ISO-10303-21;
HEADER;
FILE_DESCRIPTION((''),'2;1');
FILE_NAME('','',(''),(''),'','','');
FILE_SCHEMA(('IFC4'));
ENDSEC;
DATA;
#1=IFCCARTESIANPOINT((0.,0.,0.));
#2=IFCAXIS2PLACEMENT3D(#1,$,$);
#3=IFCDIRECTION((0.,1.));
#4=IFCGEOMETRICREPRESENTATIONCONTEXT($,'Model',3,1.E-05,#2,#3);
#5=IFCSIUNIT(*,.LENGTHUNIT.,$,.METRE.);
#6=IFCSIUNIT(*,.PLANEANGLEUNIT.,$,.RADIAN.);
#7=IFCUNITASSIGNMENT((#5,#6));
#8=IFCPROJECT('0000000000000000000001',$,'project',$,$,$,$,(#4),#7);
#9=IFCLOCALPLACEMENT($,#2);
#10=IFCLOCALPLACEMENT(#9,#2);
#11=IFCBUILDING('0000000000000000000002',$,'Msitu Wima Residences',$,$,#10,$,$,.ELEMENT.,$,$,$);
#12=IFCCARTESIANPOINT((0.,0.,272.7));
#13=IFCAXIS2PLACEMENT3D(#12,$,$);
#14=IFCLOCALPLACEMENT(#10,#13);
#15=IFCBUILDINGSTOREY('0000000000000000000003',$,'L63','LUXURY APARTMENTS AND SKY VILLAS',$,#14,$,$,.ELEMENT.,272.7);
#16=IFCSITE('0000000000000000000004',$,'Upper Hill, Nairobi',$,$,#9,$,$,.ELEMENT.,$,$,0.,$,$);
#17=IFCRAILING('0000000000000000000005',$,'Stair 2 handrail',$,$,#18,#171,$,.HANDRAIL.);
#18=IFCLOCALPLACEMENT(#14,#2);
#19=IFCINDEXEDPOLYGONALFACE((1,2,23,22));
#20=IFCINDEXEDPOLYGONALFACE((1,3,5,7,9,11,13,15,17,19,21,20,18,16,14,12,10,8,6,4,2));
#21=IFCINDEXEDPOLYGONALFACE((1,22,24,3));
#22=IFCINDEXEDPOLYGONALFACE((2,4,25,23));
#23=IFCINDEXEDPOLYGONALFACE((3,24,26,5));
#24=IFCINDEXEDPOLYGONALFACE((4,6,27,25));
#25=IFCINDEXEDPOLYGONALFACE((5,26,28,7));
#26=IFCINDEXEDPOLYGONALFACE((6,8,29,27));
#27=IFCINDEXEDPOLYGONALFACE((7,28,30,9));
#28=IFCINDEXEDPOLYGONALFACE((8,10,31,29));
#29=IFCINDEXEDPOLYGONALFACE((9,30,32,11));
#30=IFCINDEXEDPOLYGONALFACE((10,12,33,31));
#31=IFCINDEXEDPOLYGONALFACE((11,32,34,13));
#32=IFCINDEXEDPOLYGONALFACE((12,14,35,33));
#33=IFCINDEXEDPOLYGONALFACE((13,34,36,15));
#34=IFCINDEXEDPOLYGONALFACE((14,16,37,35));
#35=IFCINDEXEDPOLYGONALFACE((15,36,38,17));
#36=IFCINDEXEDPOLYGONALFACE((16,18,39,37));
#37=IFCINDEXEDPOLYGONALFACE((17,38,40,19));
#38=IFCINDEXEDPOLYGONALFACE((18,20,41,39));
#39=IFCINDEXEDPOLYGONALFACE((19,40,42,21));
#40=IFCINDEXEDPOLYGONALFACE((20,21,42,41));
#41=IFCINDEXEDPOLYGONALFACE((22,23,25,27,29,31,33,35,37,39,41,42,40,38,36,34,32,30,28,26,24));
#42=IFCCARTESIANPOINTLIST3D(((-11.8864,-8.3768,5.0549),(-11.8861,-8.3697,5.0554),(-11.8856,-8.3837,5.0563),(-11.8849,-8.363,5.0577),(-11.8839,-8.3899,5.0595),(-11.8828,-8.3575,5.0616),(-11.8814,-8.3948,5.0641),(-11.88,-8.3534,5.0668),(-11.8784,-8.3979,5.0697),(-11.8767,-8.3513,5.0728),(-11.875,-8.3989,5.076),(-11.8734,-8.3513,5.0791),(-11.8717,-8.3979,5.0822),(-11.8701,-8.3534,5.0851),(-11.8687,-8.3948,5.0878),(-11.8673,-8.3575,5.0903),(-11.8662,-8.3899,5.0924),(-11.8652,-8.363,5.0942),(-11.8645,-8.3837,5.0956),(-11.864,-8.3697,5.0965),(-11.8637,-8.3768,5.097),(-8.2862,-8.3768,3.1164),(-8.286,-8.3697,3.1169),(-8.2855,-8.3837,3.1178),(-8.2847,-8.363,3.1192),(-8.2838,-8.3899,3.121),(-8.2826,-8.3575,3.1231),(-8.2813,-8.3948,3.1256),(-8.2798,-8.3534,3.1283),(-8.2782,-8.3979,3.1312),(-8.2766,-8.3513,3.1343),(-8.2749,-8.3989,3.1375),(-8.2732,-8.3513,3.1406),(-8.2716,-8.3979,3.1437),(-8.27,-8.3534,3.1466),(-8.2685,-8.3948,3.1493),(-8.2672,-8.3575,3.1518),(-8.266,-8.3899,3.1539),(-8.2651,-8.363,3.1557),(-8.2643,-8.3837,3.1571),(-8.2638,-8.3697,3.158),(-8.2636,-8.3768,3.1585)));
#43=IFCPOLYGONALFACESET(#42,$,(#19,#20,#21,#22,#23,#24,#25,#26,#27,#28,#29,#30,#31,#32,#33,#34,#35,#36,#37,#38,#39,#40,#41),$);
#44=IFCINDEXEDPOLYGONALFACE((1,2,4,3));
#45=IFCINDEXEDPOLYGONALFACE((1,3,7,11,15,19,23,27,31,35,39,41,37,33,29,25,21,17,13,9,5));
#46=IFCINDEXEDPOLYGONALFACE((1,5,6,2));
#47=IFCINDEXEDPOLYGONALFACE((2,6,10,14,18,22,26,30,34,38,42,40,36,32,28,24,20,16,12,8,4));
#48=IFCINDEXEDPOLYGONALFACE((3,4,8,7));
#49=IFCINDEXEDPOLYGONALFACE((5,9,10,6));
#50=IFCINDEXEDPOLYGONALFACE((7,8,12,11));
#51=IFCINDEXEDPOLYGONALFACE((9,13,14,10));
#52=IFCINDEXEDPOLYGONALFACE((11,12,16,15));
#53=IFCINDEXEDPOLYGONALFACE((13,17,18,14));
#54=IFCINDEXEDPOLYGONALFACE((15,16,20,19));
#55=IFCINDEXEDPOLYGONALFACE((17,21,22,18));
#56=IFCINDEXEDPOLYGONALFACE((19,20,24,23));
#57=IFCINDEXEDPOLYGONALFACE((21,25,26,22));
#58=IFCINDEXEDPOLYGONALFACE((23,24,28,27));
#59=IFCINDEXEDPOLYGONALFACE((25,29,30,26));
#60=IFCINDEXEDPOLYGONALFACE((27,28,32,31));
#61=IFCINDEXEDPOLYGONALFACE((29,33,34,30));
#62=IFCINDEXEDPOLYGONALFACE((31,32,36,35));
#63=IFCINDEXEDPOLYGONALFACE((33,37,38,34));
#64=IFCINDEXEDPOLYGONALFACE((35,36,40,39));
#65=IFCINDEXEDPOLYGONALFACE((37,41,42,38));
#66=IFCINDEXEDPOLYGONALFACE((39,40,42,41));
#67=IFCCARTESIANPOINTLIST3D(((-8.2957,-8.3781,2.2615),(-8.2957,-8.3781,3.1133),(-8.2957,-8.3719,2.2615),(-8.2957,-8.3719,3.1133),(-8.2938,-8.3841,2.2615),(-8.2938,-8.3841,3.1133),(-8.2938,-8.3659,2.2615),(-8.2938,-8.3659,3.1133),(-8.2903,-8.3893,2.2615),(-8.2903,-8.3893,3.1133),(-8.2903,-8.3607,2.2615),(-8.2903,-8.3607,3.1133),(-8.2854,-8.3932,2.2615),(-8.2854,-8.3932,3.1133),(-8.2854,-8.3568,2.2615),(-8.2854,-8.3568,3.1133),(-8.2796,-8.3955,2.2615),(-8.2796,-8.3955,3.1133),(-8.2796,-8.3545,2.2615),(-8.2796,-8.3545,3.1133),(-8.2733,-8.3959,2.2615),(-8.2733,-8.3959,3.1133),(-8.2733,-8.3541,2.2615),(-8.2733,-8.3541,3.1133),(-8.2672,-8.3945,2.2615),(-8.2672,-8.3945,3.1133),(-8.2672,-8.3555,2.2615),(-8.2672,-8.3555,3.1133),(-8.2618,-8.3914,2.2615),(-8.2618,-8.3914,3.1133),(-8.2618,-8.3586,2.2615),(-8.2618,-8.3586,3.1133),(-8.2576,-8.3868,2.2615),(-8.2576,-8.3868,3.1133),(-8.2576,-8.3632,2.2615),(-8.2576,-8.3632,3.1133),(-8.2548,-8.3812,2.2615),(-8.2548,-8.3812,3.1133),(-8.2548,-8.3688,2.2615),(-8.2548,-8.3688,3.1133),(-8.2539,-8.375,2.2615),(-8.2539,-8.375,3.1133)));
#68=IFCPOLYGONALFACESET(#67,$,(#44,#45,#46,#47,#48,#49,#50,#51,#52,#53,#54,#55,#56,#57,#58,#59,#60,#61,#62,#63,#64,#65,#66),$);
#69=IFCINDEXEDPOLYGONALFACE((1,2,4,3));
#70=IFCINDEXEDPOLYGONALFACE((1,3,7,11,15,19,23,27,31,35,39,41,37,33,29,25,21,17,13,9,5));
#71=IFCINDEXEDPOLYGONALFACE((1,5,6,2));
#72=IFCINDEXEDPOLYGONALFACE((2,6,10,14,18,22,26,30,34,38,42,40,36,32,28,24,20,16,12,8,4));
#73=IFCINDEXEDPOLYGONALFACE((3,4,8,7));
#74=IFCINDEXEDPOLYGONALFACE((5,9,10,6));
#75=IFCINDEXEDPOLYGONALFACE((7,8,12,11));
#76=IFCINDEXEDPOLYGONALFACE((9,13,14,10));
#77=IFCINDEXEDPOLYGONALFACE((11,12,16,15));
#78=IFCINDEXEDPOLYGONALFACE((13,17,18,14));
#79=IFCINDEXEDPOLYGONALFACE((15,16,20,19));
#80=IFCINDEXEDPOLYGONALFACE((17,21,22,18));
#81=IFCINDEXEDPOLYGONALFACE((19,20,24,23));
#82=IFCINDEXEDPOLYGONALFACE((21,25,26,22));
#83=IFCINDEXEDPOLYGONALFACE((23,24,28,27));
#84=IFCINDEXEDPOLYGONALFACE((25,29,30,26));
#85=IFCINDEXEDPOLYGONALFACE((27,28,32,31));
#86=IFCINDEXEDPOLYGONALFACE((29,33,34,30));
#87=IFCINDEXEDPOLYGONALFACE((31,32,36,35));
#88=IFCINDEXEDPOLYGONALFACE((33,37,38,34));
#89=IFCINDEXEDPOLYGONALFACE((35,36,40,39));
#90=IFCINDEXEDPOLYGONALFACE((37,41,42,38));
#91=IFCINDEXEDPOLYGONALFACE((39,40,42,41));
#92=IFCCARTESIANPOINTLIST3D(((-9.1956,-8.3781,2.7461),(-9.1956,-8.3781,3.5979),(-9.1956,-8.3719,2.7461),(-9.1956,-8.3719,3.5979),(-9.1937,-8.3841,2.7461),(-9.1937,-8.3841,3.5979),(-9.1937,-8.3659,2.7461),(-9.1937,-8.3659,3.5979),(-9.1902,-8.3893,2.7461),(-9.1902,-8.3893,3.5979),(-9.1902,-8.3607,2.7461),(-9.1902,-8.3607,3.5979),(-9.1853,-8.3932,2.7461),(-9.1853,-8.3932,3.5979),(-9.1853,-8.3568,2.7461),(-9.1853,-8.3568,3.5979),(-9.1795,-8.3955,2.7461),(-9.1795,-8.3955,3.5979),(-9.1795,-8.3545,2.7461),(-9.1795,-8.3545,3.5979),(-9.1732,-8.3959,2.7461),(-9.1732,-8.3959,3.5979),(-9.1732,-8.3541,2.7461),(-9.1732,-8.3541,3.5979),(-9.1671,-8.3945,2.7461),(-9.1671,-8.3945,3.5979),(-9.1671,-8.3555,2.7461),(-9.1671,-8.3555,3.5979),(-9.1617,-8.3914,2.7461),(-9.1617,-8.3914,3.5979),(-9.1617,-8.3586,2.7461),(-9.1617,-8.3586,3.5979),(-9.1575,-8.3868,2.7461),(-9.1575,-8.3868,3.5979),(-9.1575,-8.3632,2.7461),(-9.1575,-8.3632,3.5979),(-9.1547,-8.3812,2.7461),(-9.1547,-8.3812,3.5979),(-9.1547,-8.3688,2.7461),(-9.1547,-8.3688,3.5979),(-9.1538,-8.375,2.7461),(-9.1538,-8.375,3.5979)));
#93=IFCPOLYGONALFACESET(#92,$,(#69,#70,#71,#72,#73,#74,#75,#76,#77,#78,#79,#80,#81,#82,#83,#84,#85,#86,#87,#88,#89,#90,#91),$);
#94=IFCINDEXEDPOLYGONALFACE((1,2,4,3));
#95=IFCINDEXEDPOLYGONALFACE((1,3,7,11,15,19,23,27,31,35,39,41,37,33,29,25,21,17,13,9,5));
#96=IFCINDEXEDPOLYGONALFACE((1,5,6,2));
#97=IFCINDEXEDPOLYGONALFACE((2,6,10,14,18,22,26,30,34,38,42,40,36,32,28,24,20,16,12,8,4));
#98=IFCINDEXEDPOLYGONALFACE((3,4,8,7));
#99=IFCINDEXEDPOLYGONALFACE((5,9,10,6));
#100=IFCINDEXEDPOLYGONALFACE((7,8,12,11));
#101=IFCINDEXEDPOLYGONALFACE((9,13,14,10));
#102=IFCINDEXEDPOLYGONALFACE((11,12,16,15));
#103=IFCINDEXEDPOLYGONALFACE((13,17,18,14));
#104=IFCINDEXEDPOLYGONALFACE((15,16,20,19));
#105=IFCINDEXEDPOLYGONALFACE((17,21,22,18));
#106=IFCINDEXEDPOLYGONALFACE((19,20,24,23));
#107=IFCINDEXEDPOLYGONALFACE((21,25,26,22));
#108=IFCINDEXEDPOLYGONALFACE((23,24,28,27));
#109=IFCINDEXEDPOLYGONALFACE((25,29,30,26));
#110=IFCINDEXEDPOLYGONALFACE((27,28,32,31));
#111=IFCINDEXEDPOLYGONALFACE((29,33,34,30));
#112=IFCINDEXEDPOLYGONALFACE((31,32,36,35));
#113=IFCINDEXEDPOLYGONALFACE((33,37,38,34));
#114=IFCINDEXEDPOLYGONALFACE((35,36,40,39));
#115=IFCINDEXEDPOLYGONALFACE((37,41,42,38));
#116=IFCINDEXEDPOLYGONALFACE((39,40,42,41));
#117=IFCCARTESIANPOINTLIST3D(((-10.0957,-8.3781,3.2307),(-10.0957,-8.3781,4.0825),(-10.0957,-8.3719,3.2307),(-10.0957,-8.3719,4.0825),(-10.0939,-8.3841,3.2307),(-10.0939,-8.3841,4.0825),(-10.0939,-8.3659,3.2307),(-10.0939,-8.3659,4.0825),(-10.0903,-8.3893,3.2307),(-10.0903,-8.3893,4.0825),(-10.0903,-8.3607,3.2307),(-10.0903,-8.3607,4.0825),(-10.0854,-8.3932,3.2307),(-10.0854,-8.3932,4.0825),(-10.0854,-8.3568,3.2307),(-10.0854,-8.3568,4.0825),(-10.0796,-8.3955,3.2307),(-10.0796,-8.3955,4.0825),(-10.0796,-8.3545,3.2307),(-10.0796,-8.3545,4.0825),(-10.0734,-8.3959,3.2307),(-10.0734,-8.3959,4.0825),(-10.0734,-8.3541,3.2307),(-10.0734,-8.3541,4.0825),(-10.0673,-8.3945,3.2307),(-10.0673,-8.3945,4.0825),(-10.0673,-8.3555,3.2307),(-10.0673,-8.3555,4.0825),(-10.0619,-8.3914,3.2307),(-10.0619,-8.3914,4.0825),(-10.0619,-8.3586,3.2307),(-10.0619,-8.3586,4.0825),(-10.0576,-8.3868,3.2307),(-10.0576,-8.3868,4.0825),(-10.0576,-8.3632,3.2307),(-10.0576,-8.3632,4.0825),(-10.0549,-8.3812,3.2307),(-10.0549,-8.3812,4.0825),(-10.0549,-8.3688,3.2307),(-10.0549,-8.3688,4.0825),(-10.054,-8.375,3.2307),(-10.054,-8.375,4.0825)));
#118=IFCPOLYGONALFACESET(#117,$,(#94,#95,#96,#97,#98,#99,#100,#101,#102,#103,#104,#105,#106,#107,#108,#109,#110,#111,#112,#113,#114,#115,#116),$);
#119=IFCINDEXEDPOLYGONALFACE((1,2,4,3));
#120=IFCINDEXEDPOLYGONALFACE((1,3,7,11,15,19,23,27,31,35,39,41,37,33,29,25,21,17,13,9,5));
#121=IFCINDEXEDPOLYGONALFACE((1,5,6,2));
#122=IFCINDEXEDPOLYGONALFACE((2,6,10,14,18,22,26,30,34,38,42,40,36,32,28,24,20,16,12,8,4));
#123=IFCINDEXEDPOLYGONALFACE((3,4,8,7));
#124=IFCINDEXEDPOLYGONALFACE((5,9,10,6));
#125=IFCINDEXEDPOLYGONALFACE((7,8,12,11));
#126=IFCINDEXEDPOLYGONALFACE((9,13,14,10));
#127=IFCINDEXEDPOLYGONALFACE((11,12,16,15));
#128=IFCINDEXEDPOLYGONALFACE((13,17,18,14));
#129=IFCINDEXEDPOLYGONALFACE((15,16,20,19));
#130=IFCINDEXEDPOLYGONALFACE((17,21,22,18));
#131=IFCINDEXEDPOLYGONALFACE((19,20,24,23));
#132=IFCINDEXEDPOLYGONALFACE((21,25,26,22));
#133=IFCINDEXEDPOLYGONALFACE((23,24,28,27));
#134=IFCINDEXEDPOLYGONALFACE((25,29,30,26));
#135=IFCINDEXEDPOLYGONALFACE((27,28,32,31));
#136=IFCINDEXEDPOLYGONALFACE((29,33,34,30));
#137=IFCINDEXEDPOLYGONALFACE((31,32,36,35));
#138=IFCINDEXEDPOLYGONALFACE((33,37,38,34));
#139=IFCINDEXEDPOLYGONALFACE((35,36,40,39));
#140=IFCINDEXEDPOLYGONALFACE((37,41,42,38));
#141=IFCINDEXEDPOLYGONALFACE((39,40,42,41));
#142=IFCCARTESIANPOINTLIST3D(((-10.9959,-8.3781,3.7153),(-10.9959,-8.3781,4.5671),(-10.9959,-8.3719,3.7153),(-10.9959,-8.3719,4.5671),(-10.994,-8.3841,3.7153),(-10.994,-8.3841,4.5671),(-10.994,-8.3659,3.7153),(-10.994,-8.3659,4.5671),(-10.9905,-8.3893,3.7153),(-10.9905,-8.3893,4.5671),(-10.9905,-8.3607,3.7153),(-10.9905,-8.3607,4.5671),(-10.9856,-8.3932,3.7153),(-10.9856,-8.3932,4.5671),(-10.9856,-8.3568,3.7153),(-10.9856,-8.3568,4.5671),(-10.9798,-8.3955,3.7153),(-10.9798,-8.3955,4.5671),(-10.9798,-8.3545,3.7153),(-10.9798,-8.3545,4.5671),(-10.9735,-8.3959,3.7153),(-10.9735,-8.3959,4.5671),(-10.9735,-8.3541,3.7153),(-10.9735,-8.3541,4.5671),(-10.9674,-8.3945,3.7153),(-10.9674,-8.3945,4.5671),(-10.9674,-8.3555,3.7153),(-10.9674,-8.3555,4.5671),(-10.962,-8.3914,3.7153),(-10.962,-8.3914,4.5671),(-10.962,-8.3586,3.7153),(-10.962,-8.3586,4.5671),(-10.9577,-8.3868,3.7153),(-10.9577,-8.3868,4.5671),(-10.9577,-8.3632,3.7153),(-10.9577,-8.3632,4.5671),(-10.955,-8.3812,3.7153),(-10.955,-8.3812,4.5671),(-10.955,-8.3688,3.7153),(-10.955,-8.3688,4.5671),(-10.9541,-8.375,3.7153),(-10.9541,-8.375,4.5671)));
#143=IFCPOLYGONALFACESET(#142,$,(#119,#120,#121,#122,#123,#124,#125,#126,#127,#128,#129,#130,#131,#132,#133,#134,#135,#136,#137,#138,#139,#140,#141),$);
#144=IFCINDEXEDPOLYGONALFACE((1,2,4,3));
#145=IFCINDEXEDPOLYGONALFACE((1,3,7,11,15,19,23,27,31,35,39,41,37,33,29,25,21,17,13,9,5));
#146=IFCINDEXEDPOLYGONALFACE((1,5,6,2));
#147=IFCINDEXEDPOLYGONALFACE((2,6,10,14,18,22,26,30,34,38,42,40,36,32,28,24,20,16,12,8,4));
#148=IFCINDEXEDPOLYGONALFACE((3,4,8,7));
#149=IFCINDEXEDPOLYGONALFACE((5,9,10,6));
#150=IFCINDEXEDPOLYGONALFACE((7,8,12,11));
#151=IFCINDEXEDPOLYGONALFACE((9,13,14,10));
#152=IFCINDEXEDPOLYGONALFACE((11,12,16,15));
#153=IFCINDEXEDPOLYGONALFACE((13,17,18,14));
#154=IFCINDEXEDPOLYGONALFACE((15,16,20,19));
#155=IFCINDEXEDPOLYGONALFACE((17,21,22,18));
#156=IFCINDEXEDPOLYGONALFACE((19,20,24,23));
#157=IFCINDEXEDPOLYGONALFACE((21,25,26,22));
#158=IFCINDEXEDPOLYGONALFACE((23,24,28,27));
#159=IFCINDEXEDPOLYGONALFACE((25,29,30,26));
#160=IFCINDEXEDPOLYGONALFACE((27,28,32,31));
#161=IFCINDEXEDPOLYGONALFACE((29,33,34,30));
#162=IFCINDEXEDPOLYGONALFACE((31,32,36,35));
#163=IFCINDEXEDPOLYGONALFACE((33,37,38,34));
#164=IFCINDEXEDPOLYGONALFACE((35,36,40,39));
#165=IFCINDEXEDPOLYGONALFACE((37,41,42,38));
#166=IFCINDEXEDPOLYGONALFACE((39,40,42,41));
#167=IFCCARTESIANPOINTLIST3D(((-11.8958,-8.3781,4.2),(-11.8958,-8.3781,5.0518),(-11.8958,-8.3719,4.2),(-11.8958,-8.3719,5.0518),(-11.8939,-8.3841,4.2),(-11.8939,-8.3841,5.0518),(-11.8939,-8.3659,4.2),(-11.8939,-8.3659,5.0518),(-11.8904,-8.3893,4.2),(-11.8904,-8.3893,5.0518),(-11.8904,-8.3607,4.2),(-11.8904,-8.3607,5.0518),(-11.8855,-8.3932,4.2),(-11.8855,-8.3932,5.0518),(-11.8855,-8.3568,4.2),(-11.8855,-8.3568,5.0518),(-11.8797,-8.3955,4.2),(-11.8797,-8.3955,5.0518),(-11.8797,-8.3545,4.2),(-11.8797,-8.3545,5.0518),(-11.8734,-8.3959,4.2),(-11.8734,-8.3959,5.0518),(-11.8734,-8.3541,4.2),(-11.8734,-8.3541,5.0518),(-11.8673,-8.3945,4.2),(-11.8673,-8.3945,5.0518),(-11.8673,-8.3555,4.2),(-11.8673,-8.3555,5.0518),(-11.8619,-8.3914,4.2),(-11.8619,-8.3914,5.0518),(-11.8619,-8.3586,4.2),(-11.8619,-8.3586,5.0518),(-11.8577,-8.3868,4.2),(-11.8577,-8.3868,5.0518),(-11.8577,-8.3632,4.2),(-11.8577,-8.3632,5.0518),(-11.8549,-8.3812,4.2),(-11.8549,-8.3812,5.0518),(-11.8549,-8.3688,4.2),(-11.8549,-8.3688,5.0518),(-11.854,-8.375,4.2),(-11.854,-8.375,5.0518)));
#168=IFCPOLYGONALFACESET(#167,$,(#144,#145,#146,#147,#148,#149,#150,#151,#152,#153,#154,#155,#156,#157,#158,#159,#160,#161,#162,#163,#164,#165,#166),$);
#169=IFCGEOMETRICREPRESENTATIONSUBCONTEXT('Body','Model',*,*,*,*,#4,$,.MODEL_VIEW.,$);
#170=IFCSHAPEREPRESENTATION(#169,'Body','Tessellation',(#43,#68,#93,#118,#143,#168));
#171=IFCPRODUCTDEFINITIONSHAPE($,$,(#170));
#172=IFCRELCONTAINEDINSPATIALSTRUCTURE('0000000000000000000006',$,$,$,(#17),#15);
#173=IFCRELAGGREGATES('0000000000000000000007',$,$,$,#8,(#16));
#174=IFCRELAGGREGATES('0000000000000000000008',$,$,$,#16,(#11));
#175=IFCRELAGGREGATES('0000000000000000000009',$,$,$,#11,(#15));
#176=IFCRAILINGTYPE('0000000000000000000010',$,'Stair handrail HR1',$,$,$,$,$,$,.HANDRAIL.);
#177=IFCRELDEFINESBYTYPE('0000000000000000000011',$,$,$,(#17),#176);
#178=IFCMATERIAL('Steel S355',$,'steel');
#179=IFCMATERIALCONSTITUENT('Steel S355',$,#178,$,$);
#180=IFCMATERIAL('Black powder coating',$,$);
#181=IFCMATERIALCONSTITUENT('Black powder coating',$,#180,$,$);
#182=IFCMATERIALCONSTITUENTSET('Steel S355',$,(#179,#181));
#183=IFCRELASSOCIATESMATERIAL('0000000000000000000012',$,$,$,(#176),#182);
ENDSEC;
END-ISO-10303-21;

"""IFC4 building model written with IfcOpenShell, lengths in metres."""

from ifc_helpers import new_model, si_unit, direction, frame, origin, origin_2d, place, context, subcontext, project, spatial, circle, extrude, material, constituent, constituent_set, type_object, element, save


model = new_model("IFC4")

# Units and contexts
model_context = context("Model", 3, precision=1e-05, world=origin(), true_north=direction((0.0, 1.0)))
body_context = subcontext(model_context, "Body", "Model", "MODEL_VIEW")
ifc_project = project(units=[si_unit("LENGTHUNIT", "METRE"), si_unit("PLANEANGLEUNIT", "RADIAN")], contexts=[model_context])

# Site, building, storey
site_placement = place(None, origin())
site = spatial("IfcSite", under=ifc_project, at=site_placement, Name="Upper Hill, Nairobi", CompositionType="ELEMENT", RefElevation=0.0)
building_placement = place(site_placement, origin())
building = spatial("IfcBuilding", under=site, at=building_placement, Name="Msitu Wima Residences", CompositionType="ELEMENT")
storey_placement = place(building_placement, frame((0.0, 0.0, 272.7)))
storey = spatial("IfcBuildingStorey", under=building, at=storey_placement, Name="L63", Description="LUXURY APARTMENTS AND SKY VILLAS", CompositionType="ELEMENT", Elevation=272.7)

# Railing
ifc_material_1 = material(Name="Steel S355", Category="steel")
ifc_constituent_1 = constituent(ifc_material_1, Name="Steel S355")
ifc_material_2 = material(Name="Black powder coating")
ifc_constituent_2 = constituent(ifc_material_2, Name="Black powder coating")
ifc_constituent_set = constituent_set(constituents=[ifc_constituent_1, ifc_constituent_2], Name="Steel S355")
railing_type = type_object("IfcRailingType", Name="Stair handrail HR1", PredefinedType="HANDRAIL", material=ifc_constituent_set)
railing_placement = place(storey_placement, frame((-8.2749, -8.375, 2.2615)))
element("IfcRailing", 1, at=railing_placement, inside=storey, type_object=railing_type, Name="Stair 2 handrail", PredefinedType="HANDRAIL", context=body_context, shape_type="SweptSolid", body=[
    extrude(circle(Radius=0.0239, at=origin_2d()), frame((0.0, 0.0, 0.876), z_axis=(-0.880475, 0.0, 0.474093), x_axis=(0.0, -1.0, 0.0)), (0.0, 0.0, 1.0), 4.0889),
    extrude(circle(Radius=0.021, at=origin_2d()), origin(), (0.0, 0.0, 1.0), 0.8518),
    extrude(circle(Radius=0.021, at=origin_2d()), frame((-0.8999, 0.0, 0.4846)), (0.0, 0.0, 1.0), 0.8518),
    extrude(circle(Radius=0.021, at=origin_2d()), frame((-1.8, 0.0, 0.9692)), (0.0, 0.0, 1.0), 0.8518),
    extrude(circle(Radius=0.021, at=origin_2d()), frame((-2.7002, 0.0, 1.4539)), (0.0, 0.0, 1.0), 0.8518),
    extrude(circle(Radius=0.021, at=origin_2d()), frame((-3.6001, 0.0, 1.9385)), (0.0, 0.0, 1.0), 0.8518),
])

save(model, "model.ifc")
